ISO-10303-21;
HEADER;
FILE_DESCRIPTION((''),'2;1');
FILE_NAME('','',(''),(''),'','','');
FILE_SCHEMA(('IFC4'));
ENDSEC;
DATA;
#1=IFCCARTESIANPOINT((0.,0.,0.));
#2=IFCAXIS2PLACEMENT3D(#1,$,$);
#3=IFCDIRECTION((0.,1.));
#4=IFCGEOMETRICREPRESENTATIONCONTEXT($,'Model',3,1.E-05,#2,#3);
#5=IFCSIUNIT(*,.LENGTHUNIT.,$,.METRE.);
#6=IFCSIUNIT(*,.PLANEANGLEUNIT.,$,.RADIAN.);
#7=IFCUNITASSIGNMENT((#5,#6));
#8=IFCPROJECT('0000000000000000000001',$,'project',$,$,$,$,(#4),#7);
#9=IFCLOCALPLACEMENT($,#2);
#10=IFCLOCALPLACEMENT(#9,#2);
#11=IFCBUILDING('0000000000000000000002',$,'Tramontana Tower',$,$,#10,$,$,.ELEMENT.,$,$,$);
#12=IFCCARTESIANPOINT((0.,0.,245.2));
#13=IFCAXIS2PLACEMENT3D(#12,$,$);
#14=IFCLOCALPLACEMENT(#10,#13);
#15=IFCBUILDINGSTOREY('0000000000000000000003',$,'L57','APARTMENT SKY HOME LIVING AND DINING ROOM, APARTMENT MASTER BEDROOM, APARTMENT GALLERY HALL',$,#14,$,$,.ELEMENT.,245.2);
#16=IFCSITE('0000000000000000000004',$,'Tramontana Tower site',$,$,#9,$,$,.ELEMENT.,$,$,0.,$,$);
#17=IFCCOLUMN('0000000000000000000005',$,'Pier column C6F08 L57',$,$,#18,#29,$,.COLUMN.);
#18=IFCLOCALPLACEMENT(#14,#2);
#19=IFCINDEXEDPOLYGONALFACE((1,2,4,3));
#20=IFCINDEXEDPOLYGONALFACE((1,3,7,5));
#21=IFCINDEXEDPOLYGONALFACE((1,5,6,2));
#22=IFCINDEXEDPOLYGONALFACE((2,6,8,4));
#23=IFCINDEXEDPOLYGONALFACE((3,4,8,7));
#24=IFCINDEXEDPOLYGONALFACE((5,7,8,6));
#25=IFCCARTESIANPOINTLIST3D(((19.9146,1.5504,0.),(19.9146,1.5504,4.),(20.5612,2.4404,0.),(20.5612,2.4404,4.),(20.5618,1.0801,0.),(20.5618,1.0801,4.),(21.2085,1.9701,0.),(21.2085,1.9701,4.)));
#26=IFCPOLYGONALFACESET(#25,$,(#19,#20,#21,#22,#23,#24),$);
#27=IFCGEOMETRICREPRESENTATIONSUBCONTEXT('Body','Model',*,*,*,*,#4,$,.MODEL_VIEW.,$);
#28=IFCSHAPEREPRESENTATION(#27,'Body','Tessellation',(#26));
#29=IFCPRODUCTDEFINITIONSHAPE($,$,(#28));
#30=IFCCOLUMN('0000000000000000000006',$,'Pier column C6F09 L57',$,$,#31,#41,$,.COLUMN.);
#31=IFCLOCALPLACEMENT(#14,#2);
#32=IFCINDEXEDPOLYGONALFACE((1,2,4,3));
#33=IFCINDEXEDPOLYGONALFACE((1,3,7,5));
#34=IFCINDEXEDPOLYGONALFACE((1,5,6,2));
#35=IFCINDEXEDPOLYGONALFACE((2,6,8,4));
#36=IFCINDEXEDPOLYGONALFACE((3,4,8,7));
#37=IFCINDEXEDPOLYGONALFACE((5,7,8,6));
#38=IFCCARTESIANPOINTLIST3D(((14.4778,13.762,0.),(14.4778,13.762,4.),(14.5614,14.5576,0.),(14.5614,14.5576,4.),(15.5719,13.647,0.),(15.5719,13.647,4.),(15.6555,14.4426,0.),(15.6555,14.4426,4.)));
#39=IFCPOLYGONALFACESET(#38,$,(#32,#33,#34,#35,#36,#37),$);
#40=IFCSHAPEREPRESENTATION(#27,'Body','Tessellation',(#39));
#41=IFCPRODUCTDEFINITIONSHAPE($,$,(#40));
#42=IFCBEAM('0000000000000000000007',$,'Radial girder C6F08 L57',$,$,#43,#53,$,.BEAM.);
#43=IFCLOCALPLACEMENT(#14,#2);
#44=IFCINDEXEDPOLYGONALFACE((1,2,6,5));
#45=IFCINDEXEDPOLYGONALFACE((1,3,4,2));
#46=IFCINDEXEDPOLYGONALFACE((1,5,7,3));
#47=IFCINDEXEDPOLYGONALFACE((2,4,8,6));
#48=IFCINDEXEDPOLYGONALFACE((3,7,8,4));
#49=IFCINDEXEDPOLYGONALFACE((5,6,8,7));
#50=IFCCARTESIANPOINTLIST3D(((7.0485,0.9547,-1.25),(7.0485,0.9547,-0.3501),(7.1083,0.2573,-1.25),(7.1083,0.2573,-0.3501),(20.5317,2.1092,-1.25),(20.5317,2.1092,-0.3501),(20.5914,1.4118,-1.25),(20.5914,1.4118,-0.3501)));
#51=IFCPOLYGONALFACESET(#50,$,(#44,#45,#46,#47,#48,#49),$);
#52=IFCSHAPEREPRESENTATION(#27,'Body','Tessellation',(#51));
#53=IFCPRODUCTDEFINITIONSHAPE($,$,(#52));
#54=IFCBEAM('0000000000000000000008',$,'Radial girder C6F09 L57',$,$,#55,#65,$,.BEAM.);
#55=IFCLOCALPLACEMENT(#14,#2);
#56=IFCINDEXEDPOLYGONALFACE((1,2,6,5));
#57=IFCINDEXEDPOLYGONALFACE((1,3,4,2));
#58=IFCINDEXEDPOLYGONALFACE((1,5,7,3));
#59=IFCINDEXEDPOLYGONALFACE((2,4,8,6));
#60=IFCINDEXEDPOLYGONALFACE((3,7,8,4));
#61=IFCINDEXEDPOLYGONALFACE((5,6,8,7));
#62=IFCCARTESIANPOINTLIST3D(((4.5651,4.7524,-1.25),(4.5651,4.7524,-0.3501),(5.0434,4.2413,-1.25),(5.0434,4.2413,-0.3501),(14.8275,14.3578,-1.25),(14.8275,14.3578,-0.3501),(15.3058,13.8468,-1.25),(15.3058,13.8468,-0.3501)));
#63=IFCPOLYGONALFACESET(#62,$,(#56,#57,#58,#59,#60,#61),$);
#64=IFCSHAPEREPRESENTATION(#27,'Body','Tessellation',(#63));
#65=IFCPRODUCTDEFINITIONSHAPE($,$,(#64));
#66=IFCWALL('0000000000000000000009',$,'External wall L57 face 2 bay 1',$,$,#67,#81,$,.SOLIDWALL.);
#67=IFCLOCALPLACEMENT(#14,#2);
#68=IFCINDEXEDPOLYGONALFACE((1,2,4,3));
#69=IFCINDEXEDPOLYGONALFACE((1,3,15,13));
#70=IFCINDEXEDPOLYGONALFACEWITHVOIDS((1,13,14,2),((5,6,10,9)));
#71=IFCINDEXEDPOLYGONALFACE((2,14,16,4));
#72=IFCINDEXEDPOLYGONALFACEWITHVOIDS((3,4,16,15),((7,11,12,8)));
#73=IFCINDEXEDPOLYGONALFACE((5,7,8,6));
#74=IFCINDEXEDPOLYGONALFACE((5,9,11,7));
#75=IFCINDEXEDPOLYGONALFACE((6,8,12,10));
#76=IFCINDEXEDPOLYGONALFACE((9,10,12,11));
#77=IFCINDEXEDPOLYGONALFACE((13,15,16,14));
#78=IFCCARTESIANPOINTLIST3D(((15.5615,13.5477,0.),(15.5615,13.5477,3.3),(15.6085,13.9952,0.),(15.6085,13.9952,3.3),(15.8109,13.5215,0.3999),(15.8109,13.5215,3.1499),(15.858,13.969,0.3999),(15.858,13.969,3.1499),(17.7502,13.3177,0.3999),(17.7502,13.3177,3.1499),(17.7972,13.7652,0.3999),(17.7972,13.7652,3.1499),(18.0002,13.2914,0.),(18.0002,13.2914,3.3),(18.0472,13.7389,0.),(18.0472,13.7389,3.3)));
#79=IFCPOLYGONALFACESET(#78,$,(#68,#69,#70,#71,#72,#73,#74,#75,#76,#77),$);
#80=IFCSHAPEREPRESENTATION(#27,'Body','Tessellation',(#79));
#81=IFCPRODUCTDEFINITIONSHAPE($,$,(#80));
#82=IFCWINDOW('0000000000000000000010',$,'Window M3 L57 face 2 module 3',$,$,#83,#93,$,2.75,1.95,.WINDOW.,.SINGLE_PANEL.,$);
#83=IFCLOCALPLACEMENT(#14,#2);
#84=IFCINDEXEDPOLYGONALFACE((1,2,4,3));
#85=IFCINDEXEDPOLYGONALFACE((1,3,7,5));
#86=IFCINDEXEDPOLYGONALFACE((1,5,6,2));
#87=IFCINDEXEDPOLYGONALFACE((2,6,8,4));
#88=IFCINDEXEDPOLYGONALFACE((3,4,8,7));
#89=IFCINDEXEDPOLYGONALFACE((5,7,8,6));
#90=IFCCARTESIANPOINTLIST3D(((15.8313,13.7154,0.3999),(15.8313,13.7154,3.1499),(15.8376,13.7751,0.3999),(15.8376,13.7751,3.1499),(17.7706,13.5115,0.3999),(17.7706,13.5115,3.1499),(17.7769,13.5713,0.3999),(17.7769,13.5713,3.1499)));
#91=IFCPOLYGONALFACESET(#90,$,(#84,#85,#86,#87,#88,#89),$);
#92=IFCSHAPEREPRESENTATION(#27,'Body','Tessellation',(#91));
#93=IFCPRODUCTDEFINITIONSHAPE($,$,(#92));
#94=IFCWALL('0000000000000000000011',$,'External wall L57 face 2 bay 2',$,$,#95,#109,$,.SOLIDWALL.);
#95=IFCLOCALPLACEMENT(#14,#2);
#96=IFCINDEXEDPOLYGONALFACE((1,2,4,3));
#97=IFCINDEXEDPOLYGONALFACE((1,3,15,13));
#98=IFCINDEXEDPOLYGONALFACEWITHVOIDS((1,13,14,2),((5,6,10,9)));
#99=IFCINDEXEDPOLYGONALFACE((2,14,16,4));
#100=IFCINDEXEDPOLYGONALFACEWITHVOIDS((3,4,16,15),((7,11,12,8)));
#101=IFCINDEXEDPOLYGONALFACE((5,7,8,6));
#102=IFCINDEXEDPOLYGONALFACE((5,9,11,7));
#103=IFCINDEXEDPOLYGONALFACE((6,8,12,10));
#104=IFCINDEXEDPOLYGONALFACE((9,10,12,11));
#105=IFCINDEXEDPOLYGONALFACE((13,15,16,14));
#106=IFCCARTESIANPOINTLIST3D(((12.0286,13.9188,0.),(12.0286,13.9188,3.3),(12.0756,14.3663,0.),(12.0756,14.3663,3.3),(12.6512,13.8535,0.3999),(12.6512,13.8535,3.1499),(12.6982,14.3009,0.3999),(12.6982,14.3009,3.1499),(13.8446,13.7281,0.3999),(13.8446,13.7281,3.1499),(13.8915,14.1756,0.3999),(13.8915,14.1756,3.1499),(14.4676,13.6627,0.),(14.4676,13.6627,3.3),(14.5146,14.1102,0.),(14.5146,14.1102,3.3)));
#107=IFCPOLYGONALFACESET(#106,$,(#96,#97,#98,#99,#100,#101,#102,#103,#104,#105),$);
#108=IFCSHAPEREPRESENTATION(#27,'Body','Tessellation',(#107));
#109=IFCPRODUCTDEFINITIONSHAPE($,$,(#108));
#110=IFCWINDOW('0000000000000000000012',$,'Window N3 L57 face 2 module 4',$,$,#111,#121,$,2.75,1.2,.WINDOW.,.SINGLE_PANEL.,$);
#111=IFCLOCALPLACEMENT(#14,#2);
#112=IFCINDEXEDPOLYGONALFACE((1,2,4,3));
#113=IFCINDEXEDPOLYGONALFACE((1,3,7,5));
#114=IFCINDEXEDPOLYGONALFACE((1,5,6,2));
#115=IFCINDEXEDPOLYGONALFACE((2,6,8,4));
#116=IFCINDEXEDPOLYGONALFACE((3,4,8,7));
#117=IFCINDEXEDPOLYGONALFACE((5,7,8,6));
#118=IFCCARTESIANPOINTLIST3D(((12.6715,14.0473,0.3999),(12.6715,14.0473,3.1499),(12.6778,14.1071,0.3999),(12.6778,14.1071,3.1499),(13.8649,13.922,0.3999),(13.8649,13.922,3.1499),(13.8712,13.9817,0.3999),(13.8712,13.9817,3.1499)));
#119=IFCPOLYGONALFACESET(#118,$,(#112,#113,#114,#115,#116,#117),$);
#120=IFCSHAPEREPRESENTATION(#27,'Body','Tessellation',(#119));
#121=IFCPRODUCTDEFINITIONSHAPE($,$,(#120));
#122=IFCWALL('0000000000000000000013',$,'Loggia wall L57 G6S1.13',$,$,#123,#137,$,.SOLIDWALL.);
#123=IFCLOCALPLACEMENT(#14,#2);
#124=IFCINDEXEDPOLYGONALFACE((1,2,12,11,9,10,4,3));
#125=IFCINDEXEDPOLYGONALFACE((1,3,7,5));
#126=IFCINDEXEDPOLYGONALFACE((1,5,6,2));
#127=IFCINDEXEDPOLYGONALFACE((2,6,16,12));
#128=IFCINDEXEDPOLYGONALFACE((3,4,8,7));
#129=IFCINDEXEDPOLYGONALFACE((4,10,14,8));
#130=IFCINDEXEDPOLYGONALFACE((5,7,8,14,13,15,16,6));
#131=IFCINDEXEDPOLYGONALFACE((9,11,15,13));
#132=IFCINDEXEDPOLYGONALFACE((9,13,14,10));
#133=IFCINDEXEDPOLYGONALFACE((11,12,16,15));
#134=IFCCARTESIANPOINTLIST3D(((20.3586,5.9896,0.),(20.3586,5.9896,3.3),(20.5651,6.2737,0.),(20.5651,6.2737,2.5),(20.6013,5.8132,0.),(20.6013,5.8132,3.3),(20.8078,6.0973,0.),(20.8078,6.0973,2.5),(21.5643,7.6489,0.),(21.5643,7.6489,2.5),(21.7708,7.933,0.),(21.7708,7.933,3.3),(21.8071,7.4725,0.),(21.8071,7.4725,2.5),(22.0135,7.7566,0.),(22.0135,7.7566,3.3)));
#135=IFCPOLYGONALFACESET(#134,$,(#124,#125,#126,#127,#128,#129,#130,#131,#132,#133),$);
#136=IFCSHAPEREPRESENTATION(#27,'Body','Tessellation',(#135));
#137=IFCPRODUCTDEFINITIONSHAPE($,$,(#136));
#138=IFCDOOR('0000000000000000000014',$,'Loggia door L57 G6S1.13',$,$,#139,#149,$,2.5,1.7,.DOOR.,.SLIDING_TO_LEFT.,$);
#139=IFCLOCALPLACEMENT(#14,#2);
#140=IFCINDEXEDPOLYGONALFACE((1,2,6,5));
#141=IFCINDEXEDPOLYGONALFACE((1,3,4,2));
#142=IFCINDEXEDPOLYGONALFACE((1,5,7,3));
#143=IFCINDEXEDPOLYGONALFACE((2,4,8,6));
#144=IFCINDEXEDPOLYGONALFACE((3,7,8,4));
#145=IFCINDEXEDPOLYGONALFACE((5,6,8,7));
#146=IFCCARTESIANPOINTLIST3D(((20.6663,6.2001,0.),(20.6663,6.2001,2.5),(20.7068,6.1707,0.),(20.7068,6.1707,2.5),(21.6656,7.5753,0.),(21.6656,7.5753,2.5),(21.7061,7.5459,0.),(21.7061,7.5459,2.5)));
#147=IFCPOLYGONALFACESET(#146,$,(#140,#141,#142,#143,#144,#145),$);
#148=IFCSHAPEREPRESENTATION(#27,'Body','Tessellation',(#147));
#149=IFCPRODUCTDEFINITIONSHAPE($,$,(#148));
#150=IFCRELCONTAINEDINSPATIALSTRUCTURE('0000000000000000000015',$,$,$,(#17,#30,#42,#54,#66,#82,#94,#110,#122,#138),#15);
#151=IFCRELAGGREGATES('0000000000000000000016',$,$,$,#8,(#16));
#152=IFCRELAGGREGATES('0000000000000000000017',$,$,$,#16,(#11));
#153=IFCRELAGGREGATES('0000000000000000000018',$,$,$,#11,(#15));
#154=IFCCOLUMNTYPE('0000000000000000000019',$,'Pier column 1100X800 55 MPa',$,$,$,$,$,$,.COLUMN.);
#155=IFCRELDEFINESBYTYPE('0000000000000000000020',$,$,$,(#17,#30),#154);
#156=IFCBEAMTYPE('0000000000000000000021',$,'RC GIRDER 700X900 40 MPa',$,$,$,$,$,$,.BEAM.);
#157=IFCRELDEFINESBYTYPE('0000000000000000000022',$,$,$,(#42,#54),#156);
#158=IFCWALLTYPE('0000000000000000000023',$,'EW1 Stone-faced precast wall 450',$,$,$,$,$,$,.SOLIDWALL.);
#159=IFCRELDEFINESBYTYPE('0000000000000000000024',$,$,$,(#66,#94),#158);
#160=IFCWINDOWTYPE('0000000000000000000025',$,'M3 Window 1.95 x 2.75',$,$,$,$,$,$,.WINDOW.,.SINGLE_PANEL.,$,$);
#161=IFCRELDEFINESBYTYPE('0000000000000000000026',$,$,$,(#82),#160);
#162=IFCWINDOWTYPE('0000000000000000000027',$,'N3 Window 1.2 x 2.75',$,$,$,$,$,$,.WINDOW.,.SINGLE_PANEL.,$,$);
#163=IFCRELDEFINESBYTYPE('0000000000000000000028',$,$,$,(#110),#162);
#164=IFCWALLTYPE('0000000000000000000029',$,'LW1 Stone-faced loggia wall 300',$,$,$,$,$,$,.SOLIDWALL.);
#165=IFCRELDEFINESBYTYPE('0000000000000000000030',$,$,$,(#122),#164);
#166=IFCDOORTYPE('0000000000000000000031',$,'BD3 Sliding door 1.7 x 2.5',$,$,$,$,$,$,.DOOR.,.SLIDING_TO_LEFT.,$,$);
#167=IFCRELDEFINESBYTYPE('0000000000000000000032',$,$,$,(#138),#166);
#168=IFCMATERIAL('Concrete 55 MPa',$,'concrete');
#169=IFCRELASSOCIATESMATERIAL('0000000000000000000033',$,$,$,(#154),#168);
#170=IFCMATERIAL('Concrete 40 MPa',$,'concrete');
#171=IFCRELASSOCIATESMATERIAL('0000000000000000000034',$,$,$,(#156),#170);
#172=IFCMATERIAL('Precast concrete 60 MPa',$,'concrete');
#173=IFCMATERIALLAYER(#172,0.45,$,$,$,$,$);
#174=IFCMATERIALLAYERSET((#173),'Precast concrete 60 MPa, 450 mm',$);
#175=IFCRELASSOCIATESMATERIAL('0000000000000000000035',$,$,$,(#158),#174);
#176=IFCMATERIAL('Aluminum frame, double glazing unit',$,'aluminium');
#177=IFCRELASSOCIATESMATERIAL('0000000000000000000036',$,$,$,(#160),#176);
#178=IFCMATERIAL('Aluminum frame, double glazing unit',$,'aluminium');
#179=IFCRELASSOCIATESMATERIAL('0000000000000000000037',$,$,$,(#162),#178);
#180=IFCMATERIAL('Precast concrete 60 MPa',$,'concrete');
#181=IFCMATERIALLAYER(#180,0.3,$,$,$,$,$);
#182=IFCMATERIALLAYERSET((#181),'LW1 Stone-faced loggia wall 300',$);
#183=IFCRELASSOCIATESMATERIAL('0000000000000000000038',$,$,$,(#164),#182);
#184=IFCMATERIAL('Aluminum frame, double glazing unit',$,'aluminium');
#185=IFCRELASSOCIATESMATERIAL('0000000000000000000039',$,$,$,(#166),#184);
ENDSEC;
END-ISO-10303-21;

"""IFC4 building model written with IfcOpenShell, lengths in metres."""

from ifc_helpers import new_model, si_unit, direction, frame, frame_2d, origin, origin_2d, place, context, subcontext, project, spatial, rectangle, extrude, material, layer, layer_set, material_profile, profile_set, type_object, element, fill, save


model = new_model("IFC4")

# Units and contexts
model_context = context("Model", 3, precision=1e-05, world=origin(), true_north=direction((0.0, 1.0)))
body_context = subcontext(model_context, "Body", "Model", "MODEL_VIEW")
ifc_project = project(units=[si_unit("LENGTHUNIT", "METRE"), si_unit("PLANEANGLEUNIT", "RADIAN")], contexts=[model_context])

# Site, building, storey
site_placement = place(None, origin())
site = spatial("IfcSite", under=ifc_project, at=site_placement, Name="Tramontana Tower site", CompositionType="ELEMENT", RefElevation=0.0)
building_placement = place(site_placement, origin())
building = spatial("IfcBuilding", under=site, at=building_placement, Name="Tramontana Tower", CompositionType="ELEMENT")
storey_placement = place(building_placement, frame((0.0, 0.0, 245.2)))
storey = spatial("IfcBuildingStorey", under=building, at=storey_placement, Name="L57", Description="APARTMENT SKY HOME LIVING AND DINING ROOM, APARTMENT MASTER BEDROOM, APARTMENT GALLERY HALL", CompositionType="ELEMENT", Elevation=245.2)

# Columns
ifc_material_1 = material(Name="Concrete 55 MPa", Category="concrete")
ifc_material_profile_1 = material_profile(ifc_material_1, rectangle(XDim=1.1001, YDim=0.8, at=origin_2d()), Name="Pier column 1100X800 55 MPa")
ifc_profile_set_1 = profile_set([ifc_material_profile_1], Name="Concrete 55 MPa")
column_type = type_object("IfcColumnType", Name="Pier column 1100X800 55 MPa", PredefinedType="COLUMN", material=ifc_profile_set_1)
for number, where, z_axis, x_axis, name in (
    (1, (20.5615, 1.7603, 0.0), (0.0, 0.0, 1.0), (0.587785, 0.809017, 0.0), "Pier column C6F08 L57"),
    (2, (15.0667, 14.1023, 0.0), (0.0, 0.0, 1.0), (-0.994522, 0.104528, 0.0), "Pier column C6F09 L57"),
):
    element("IfcColumn", number, at=place(storey_placement, frame(where, z_axis=z_axis, x_axis=x_axis)), inside=storey, type_object=column_type, Name=name, PredefinedType="COLUMN", context=body_context, shape_type="SweptSolid", body=[
        extrude(rectangle(XDim=1.1001, YDim=0.8, at=origin_2d()), origin(), (0.0, 0.0, 1.0), 4.0),
    ])

# Beams
ifc_material_2 = material(Name="Concrete 40 MPa", Category="concrete")
ifc_material_profile_2 = material_profile(ifc_material_2, rectangle(XDim=0.7, YDim=0.8999, at=origin_2d()), Name="RC GIRDER 700X900 40 MPa")
ifc_profile_set_2 = profile_set([ifc_material_profile_2], Name="Concrete 40 MPa")
beam_type = type_object("IfcBeamType", Name="RC GIRDER 700X900 40 MPa", PredefinedType="BEAM", material=ifc_profile_set_2)
beam_1_placement = place(storey_placement, frame((20.5615, 1.7605, -0.8), z_axis=(-0.996354, -0.085316, 0.0), x_axis=(0.085316, -0.996354, 0.0)))
element("IfcBeam", 3, at=beam_1_placement, inside=storey, type_object=beam_type, Name="Radial girder C6F08 L57", PredefinedType="BEAM", context=body_context, shape_type="SweptSolid", body=[
    extrude(rectangle(XDim=0.7, YDim=0.8999, at=origin_2d()), origin(), (0.0, 0.0, 1.0), 13.5325),
])
beam_2_placement = place(storey_placement, frame((15.0667, 14.1023, -0.8), z_axis=(-0.73009, -0.683351, 0.0), x_axis=(0.683351, -0.73009, 0.0)))
element("IfcBeam", 4, at=beam_2_placement, inside=storey, type_object=beam_type, Name="Radial girder C6F09 L57", PredefinedType="BEAM", context=body_context, shape_type="SweptSolid", body=[
    extrude(rectangle(XDim=0.7, YDim=0.8999, at=origin_2d()), origin(), (0.0, 0.0, 1.0), 14.0564),
])

# Walls, openings, windows
ifc_material_3 = material(Name="Precast concrete 60 MPa", Category="concrete")
ifc_layer_1 = layer(ifc_material_3, 0.45)
ifc_layer_set_1 = layer_set([ifc_layer_1], Name="Precast concrete 60 MPa, 450 mm")
wall_type_1 = type_object("IfcWallType", Name="EW1 Stone-faced precast wall 450", PredefinedType="SOLIDWALL", material=ifc_layer_set_1)
wall_1_placement = place(storey_placement, frame((18.0237, 13.5151, 0.0), z_axis=(0.0, 0.0, 1.0), x_axis=(-0.994521, 0.10454, 0.0)))
wall_1 = element("IfcWall", 5, at=wall_1_placement, inside=storey, type_object=wall_type_1, Name="External wall L57 face 2 bay 1", PredefinedType="SOLIDWALL", context=body_context, shape_type="SweptSolid", body=[
    extrude(rectangle(XDim=2.4521, YDim=0.45, at=frame_2d((1.2261, 0.0))), origin(), (0.0, 0.0, 1.0), 3.3),
])
opening_1_placement = place(wall_1_placement, frame((0.2512, 0.0, 0.3999)))
opening_1 = element("IfcOpeningElement", 6, at=opening_1_placement, cuts=wall_1, PredefinedType="OPENING", context=body_context, shape_type="SweptSolid", body=[
    extrude(rectangle(XDim=1.95, YDim=2.75, at=frame_2d((0.9751, 1.375))), frame((0.0, 0.2349, 0.0), z_axis=(0.0, -1.0, 0.0), x_axis=(1.0, 0.0, 0.0)), (0.0, 0.0, 1.0), 0.47),
])
ifc_material_4 = material(Name="Aluminum frame, double glazing unit", Category="aluminium")
window_type_1 = type_object("IfcWindowType", Name="M3 Window 1.95 x 2.75", PartitioningType="SINGLE_PANEL", PredefinedType="WINDOW", material=ifc_material_4)
window_1_placement = place(opening_1_placement, origin())
window_1 = element("IfcWindow", 7, at=window_1_placement, inside=storey, type_object=window_type_1, Name="Window M3 L57 face 2 module 3", OverallHeight=2.75, OverallWidth=1.95, PartitioningType="SINGLE_PANEL", PredefinedType="WINDOW", context=body_context, shape_type="SweptSolid", body=[
    extrude(rectangle(XDim=1.95, YDim=2.75, at=frame_2d((0.9751, 1.375))), frame((0.0, 0.03, 0.0), z_axis=(0.0, -1.0, 0.0), x_axis=(1.0, 0.0, 0.0)), (0.0, 0.0, 1.0), 0.0601),
])
fill(opening_1, window_1)
wall_2_placement = place(storey_placement, frame((14.491, 13.8865, 0.0), z_axis=(0.0, 0.0, 1.0), x_axis=(-0.994532, 0.104431, 0.0)))
wall_2 = element("IfcWall", 8, at=wall_2_placement, inside=storey, type_object=wall_type_1, Name="External wall L57 face 2 bay 2", PredefinedType="SOLIDWALL", context=body_context, shape_type="SweptSolid", body=[
    extrude(rectangle(XDim=2.4524, YDim=0.45, at=frame_2d((1.2261, 0.0))), origin(), (0.0, 0.0, 1.0), 3.3),
])
opening_2_placement = place(wall_2_placement, frame((0.6262, 0.0, 0.3999)))
opening_2 = element("IfcOpeningElement", 9, at=opening_2_placement, cuts=wall_2, PredefinedType="OPENING", context=body_context, shape_type="SweptSolid", body=[
    extrude(rectangle(XDim=1.2, YDim=2.75, at=frame_2d((0.6001, 1.375))), frame((0.0, 0.2349, 0.0), z_axis=(0.0, -1.0, 0.0), x_axis=(1.0, 0.0, 0.0)), (0.0, 0.0, 1.0), 0.47),
])
ifc_material_5 = material(Name="Aluminum frame, double glazing unit", Category="aluminium")
window_type_2 = type_object("IfcWindowType", Name="N3 Window 1.2 x 2.75", PartitioningType="SINGLE_PANEL", PredefinedType="WINDOW", material=ifc_material_5)
window_2_placement = place(opening_2_placement, origin())
window_2 = element("IfcWindow", 10, at=window_2_placement, inside=storey, type_object=window_type_2, Name="Window N3 L57 face 2 module 4", OverallHeight=2.75, OverallWidth=1.2, PartitioningType="SINGLE_PANEL", PredefinedType="WINDOW", context=body_context, shape_type="SweptSolid", body=[
    extrude(rectangle(XDim=1.2, YDim=2.75, at=frame_2d((0.6001, 1.375))), frame((0.0, 0.03, 0.0), z_axis=(0.0, -1.0, 0.0), x_axis=(1.0, 0.0, 0.0)), (0.0, 0.0, 1.0), 0.0601),
])
fill(opening_2, window_2)

# Wall, opening, door
ifc_material_6 = material(Name="Precast concrete 60 MPa", Category="concrete")
ifc_layer_2 = layer(ifc_material_6, 0.3)
ifc_layer_set_2 = layer_set([ifc_layer_2], Name="LW1 Stone-faced loggia wall 300")
wall_type_2 = type_object("IfcWallType", Name="LW1 Stone-faced loggia wall 300", PredefinedType="SOLIDWALL", material=ifc_layer_set_2)
wall_3_placement = place(storey_placement, frame((20.48, 5.9014, 0.0), z_axis=(0.0, 0.0, 1.0), x_axis=(0.587833, 0.808982, 0.0)))
wall_3 = element("IfcWall", 11, at=wall_3_placement, inside=storey, type_object=wall_type_2, Name="Loggia wall L57 G6S1.13", PredefinedType="SOLIDWALL", context=body_context, shape_type="SweptSolid", body=[
    extrude(rectangle(XDim=2.4023, YDim=0.3, at=frame_2d((1.2012, 0.0))), origin(), (0.0, 0.0, 1.0), 3.3),
])
opening_3_placement = place(wall_3_placement, frame((0.3511, 0.0, 0.0)))
opening_3 = element("IfcOpeningElement", 12, at=opening_3_placement, cuts=wall_3, PredefinedType="OPENING", context=body_context, shape_type="SweptSolid", body=[
    extrude(rectangle(XDim=1.7, YDim=2.5, at=frame_2d((0.8501, 1.25))), frame((0.0, 0.1599, 0.0), z_axis=(0.0, -1.0, 0.0), x_axis=(1.0, 0.0, 0.0)), (0.0, 0.0, 1.0), 0.3201),
])
ifc_material_7 = material(Name="Aluminum frame, double glazing unit", Category="aluminium")
door_type_1 = type_object("IfcDoorType", Name="BD3 Sliding door 1.7 x 2.5", OperationType="SLIDING_TO_LEFT", PredefinedType="DOOR", material=ifc_material_7)
door_1_placement = place(opening_3_placement, origin())
door_1 = element("IfcDoor", 13, at=door_1_placement, inside=storey, type_object=door_type_1, Name="Loggia door L57 G6S1.13", OperationType="SLIDING_TO_LEFT", OverallHeight=2.5, OverallWidth=1.7, PredefinedType="DOOR", context=body_context, shape_type="SweptSolid", body=[
    extrude(rectangle(XDim=1.7, YDim=2.5, at=frame_2d((0.8501, 1.25))), frame((0.0, 0.0249, 0.0), z_axis=(0.0, -1.0, 0.0), x_axis=(1.0, 0.0, 0.0)), (0.0, 0.0, 1.0), 0.05),
])
fill(opening_3, door_1)

save(model, "model.ifc")
